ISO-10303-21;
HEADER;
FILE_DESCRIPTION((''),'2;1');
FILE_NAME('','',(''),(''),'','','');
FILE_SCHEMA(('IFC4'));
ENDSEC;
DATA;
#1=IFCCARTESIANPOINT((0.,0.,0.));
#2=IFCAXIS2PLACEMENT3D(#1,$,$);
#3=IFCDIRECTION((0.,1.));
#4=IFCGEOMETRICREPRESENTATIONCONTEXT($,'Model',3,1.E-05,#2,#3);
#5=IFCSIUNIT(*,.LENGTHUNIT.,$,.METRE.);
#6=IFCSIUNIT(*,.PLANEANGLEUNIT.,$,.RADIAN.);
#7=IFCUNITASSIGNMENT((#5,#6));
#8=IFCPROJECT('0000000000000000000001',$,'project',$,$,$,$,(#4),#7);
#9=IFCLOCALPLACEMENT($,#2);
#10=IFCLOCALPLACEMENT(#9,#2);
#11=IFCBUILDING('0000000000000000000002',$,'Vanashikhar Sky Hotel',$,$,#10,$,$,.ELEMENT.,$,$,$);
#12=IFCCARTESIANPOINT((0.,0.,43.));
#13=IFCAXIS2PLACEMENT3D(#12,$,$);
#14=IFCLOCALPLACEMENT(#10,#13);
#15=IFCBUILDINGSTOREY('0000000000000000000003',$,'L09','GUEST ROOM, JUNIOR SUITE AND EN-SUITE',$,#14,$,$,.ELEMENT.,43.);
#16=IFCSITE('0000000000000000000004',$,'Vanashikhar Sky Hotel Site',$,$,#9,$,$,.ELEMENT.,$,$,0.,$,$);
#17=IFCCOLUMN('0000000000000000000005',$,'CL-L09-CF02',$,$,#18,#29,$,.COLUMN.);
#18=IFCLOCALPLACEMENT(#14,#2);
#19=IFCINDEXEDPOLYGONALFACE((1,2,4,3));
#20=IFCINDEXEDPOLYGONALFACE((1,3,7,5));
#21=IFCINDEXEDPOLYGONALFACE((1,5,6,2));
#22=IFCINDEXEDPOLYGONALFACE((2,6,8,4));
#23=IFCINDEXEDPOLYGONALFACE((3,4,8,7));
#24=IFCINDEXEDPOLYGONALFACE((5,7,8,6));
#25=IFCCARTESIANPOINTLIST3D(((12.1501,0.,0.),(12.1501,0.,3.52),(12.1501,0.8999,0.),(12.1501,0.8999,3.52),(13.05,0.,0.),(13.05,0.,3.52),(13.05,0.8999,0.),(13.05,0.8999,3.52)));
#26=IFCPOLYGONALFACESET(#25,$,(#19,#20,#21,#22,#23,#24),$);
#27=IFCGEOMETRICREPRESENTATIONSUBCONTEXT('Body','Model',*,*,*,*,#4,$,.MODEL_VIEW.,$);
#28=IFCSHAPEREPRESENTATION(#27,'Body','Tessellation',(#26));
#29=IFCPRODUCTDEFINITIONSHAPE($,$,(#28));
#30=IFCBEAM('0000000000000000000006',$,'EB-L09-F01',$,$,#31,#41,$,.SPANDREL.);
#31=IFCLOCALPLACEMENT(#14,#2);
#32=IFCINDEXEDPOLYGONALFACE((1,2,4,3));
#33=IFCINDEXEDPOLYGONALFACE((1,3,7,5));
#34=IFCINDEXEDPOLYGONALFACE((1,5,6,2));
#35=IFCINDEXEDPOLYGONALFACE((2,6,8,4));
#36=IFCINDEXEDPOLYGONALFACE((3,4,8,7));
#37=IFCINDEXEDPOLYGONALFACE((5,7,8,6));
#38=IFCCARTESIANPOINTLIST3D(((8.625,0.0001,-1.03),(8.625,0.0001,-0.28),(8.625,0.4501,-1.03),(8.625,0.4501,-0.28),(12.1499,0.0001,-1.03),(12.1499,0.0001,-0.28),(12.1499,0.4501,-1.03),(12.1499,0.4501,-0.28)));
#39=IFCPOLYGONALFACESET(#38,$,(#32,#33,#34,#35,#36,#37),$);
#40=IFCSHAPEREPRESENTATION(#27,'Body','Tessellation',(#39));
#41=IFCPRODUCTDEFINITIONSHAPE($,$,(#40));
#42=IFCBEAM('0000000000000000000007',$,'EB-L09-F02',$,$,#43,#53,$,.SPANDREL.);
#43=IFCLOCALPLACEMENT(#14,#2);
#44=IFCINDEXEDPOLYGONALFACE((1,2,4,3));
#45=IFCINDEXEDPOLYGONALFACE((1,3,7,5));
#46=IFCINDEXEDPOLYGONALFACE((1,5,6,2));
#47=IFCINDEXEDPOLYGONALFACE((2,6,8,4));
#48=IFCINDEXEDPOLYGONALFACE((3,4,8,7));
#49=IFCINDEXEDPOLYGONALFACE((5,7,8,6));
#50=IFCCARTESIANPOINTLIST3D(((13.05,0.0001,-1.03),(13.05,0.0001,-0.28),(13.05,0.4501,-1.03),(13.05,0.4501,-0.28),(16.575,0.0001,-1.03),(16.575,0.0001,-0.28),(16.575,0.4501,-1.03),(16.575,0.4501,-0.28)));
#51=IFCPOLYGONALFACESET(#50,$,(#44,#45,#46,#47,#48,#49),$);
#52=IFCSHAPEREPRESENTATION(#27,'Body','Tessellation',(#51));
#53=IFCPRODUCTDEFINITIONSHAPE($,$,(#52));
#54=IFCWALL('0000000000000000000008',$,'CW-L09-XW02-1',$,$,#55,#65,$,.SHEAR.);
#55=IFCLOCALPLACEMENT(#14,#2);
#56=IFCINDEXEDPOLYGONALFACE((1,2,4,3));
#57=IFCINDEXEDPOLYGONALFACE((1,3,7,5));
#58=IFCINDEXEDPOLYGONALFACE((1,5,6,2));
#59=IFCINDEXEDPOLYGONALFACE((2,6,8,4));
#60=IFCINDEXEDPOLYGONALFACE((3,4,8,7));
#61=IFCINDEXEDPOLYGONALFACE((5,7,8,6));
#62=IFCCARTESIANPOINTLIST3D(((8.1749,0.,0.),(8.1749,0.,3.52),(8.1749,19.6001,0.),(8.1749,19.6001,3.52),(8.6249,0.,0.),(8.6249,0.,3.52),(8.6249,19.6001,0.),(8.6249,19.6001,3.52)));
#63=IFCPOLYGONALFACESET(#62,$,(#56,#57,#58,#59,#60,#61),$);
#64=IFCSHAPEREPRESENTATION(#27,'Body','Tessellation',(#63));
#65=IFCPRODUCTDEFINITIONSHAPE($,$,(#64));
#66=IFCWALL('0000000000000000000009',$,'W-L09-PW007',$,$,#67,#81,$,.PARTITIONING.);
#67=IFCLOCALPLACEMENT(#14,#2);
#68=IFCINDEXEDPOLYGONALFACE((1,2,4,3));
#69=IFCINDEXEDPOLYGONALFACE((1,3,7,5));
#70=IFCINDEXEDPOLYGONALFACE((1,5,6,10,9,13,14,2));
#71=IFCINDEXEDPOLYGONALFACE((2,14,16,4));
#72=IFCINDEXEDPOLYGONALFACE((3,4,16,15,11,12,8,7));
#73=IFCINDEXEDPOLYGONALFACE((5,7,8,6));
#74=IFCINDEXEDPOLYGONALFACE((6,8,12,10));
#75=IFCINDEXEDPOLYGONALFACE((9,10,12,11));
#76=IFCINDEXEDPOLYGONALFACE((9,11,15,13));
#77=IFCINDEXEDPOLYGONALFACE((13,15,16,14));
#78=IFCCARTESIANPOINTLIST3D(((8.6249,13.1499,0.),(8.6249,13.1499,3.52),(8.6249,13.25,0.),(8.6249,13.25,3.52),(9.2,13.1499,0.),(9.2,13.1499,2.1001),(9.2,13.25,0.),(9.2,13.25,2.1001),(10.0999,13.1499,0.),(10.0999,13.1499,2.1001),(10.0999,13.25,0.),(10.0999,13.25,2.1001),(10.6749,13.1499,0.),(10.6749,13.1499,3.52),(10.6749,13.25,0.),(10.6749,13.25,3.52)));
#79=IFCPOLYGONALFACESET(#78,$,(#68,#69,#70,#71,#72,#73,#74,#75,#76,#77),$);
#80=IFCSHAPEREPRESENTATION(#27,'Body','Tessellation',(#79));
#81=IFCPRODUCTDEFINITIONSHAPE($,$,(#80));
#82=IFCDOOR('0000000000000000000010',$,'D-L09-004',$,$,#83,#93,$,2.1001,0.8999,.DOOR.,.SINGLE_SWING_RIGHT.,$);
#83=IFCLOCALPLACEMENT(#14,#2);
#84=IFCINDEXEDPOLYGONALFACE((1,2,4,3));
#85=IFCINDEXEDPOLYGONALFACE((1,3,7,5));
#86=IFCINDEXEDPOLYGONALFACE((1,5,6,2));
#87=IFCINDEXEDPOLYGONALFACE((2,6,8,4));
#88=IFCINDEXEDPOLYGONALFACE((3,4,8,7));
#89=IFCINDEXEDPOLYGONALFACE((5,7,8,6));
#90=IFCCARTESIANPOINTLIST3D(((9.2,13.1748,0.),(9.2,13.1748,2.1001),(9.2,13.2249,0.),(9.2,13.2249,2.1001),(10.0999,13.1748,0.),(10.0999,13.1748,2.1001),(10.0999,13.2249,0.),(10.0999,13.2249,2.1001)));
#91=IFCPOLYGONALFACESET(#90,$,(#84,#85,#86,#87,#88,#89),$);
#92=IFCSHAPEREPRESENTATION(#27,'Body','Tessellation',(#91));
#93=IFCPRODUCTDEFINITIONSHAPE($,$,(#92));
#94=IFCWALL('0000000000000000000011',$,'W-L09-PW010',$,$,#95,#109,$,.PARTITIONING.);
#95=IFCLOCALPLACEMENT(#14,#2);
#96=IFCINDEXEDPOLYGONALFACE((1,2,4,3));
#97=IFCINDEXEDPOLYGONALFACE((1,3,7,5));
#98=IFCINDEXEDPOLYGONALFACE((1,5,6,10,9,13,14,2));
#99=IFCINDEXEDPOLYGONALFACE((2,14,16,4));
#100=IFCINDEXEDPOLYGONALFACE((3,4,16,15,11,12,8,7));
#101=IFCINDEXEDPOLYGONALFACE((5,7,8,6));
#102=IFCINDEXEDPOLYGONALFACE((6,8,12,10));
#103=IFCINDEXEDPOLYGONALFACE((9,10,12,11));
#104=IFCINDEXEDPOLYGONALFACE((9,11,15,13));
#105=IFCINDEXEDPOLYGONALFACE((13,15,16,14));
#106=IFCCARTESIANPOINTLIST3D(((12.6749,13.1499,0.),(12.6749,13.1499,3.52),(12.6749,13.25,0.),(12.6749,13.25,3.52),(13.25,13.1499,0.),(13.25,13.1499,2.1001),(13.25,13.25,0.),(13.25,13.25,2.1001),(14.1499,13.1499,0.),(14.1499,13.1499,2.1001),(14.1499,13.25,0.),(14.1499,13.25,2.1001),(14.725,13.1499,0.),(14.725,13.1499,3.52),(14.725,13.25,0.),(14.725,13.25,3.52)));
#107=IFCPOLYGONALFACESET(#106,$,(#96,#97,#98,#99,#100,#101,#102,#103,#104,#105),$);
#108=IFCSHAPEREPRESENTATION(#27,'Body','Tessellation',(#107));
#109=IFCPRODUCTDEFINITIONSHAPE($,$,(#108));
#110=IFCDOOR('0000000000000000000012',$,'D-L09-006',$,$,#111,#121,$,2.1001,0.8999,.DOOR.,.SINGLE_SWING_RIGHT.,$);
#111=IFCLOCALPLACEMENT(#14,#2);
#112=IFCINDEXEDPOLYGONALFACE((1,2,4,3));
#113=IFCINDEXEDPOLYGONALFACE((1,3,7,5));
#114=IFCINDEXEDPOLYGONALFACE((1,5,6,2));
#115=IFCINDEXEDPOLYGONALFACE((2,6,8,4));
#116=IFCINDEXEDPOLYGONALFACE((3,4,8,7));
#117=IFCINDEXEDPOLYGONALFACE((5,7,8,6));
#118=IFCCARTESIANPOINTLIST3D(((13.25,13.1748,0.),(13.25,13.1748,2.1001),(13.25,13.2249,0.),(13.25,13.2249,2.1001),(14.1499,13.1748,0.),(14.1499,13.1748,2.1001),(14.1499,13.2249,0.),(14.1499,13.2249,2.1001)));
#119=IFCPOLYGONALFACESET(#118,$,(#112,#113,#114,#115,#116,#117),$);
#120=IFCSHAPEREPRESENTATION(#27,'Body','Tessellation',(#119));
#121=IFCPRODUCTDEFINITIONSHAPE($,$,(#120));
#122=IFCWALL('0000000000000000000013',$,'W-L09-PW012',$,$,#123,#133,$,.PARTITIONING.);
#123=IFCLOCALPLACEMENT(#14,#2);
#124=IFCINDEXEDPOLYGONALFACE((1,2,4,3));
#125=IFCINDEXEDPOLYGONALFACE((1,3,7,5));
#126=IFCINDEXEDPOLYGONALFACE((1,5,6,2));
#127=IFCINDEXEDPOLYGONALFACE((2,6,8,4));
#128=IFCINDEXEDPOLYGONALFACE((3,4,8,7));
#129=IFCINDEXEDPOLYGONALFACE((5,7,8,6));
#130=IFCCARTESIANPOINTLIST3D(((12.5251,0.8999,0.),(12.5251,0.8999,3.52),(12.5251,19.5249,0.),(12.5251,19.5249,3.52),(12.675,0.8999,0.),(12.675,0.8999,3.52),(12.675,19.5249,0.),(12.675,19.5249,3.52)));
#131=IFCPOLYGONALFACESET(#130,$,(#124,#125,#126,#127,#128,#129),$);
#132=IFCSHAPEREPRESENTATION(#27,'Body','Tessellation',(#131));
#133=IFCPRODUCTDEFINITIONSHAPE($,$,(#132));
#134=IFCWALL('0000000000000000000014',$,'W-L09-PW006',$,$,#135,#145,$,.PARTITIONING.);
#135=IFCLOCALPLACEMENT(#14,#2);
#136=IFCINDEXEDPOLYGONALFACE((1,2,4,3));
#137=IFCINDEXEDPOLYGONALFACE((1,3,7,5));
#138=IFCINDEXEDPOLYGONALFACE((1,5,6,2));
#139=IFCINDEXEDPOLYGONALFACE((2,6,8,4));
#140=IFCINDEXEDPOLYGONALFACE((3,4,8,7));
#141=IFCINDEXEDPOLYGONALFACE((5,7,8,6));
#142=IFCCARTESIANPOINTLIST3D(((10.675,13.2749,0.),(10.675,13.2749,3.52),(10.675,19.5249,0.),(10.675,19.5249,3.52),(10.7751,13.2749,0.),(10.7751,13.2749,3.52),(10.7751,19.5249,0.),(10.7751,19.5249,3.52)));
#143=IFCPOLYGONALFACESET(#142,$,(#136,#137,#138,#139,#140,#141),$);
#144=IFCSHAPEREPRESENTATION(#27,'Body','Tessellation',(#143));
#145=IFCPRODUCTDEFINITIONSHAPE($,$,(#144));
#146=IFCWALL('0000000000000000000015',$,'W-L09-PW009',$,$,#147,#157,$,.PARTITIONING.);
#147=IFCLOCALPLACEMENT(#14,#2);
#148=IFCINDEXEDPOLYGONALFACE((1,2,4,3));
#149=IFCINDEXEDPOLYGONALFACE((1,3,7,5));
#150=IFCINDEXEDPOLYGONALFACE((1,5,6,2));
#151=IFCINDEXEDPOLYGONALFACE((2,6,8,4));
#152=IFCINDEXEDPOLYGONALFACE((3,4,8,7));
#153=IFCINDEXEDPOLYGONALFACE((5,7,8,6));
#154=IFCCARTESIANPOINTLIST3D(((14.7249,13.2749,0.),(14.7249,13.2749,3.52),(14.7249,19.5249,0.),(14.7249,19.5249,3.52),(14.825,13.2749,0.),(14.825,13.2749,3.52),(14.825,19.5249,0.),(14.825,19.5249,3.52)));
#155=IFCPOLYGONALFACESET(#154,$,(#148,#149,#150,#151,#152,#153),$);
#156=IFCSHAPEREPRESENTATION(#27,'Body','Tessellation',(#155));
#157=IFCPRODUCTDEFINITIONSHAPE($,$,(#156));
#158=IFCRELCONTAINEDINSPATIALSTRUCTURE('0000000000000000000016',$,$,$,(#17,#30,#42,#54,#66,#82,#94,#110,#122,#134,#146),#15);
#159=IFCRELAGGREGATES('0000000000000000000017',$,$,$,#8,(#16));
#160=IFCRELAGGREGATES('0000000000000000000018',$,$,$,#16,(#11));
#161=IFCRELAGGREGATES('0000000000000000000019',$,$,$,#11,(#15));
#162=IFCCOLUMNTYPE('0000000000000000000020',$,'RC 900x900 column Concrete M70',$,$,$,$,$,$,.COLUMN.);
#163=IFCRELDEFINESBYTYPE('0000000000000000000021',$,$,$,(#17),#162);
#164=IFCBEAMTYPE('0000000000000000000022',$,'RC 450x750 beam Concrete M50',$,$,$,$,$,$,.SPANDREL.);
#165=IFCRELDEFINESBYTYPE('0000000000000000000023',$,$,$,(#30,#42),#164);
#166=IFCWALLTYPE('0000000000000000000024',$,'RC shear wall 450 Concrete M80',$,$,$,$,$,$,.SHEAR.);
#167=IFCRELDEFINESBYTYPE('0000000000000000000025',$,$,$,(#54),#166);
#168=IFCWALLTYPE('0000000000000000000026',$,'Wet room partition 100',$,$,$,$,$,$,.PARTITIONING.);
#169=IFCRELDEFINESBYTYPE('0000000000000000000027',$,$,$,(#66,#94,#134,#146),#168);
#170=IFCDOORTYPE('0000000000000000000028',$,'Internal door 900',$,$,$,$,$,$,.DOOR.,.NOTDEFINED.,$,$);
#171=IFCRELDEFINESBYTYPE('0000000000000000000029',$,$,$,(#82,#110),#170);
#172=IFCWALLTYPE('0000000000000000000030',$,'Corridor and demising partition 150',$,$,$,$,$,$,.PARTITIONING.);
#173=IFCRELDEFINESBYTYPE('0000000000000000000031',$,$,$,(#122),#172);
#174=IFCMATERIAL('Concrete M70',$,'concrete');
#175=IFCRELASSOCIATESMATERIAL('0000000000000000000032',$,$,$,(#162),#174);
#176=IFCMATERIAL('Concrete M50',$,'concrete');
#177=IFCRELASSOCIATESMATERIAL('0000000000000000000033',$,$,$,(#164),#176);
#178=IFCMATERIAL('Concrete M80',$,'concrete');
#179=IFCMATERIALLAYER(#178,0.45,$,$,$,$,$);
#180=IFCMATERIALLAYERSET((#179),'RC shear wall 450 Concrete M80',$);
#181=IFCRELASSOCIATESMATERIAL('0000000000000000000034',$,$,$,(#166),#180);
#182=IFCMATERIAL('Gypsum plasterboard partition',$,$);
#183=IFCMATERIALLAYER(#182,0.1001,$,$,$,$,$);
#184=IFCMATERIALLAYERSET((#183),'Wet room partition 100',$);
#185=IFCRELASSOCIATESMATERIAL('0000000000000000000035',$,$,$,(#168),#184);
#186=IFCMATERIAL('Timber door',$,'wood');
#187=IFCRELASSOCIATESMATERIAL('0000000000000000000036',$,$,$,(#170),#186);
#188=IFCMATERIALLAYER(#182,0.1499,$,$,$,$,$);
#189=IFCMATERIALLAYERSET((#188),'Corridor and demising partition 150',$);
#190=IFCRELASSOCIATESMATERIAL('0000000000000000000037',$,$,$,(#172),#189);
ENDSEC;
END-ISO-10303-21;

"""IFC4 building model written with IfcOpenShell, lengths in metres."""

from ifc_helpers import new_model, si_unit, direction, frame, frame_2d, origin, origin_2d, place, context, subcontext, project, spatial, rectangle, extrude, source, transform, mapped, material, layer, layer_set, material_profile, profile_set, type_object, element, fill, save


model = new_model("IFC4")

# Units and contexts
model_context = context("Model", 3, precision=1e-05, world=origin(), true_north=direction((0.0, 1.0)))
body_context = subcontext(model_context, "Body", "Model", "MODEL_VIEW")
ifc_project = project(units=[si_unit("LENGTHUNIT", "METRE"), si_unit("PLANEANGLEUNIT", "RADIAN")], contexts=[model_context])

# Site, building, storey
site_placement = place(None, origin())
site = spatial("IfcSite", under=ifc_project, at=site_placement, Name="Vanashikhar Sky Hotel Site", CompositionType="ELEMENT", RefElevation=0.0)
building_placement = place(site_placement, origin())
building = spatial("IfcBuilding", under=site, at=building_placement, Name="Vanashikhar Sky Hotel", CompositionType="ELEMENT")
storey_placement = place(building_placement, frame((0.0, 0.0, 43.0)))
storey = spatial("IfcBuildingStorey", under=building, at=storey_placement, Name="L09", Description="GUEST ROOM, JUNIOR SUITE AND EN-SUITE", CompositionType="ELEMENT", Elevation=43.0)

# Column
ifc_material_1 = material(Name="Concrete M70", Category="concrete")
ifc_material_profile_1 = material_profile(ifc_material_1, rectangle(XDim=0.8999, YDim=0.8999, at=origin_2d()))
ifc_profile_set_1 = profile_set([ifc_material_profile_1], Name="RC 900x900 column Concrete M70")
column_type = type_object("IfcColumnType", Name="RC 900x900 column Concrete M70", PredefinedType="COLUMN", material=ifc_profile_set_1)
shared_shape_1 = source(origin(), body_context, "Body", "SweptSolid", [
    extrude(rectangle(XDim=0.8999, YDim=0.8999, at=origin_2d()), origin(), (0.0, 0.0, 1.0), 3.52),
])
column_placement = place(storey_placement, frame((12.6001, 0.45, 0.0), z_axis=(0.0, 0.0, 1.0), x_axis=(1.0, 0.0, 0.0)))
element("IfcColumn", 1, at=column_placement, inside=storey, type_object=column_type, Name="CL-L09-CF02", PredefinedType="COLUMN", context=body_context, shape_type="MappedRepresentation", body=[
    mapped(shared_shape_1, transform((0.0, 0.0, 0.0), scale=1.0)),
])

# Beams
ifc_material_2 = material(Name="Concrete M50", Category="concrete")
ifc_material_profile_2 = material_profile(ifc_material_2, rectangle(XDim=0.45, YDim=0.75, at=origin_2d()))
ifc_profile_set_2 = profile_set([ifc_material_profile_2], Name="RC 450x750 beam Concrete M50")
beam_type = type_object("IfcBeamType", Name="RC 450x750 beam Concrete M50", PredefinedType="SPANDREL", material=ifc_profile_set_2)
shared_shape_2 = source(origin(), body_context, "Body", "SweptSolid", [
    extrude(rectangle(XDim=0.45, YDim=0.75, at=origin_2d()), origin(), (0.0, 0.0, 1.0), 3.5249),
])
for number, where, z_axis, x_axis, name in (
    (2, (8.625, 0.2251, -0.655), (1.0, 0.0, 0.0), (0.0, 1.0, 0.0), "EB-L09-F01"),
    (3, (13.05, 0.2251, -0.655), (1.0, 0.0, 0.0), (0.0, 1.0, 0.0), "EB-L09-F02"),
):
    element("IfcBeam", number, at=place(storey_placement, frame(where, z_axis=z_axis, x_axis=x_axis)), inside=storey, type_object=beam_type, Name=name, PredefinedType="SPANDREL", context=body_context, shape_type="MappedRepresentation", body=[
        mapped(shared_shape_2, transform((0.0, 0.0, 0.0), scale=1.0)),
    ])

# Wall
ifc_material_3 = material(Name="Concrete M80", Category="concrete")
ifc_layer_1 = layer(ifc_material_3, 0.45)
ifc_layer_set_1 = layer_set([ifc_layer_1], Name="RC shear wall 450 Concrete M80")
wall_type_1 = type_object("IfcWallType", Name="RC shear wall 450 Concrete M80", PredefinedType="SHEAR", material=ifc_layer_set_1)
shared_shape_3 = source(origin(), body_context, "Body", "SweptSolid", [
    extrude(rectangle(XDim=19.6001, YDim=0.45, at=frame_2d((9.8, 0.0))), origin(), (0.0, 0.0, 1.0), 3.52),
])
wall_1_placement = place(storey_placement, frame((8.3999, 0.0, 0.0), z_axis=(0.0, 0.0, 1.0), x_axis=(0.0, 1.0, 0.0)))
element("IfcWall", 4, at=wall_1_placement, inside=storey, type_object=wall_type_1, Name="CW-L09-XW02-1", PredefinedType="SHEAR", context=body_context, shape_type="MappedRepresentation", body=[
    mapped(shared_shape_3, transform((0.0, 0.0, 0.0), scale=1.0)),
])

# Walls, openings, doors
ifc_material_4 = material(Name="Gypsum plasterboard partition")
ifc_layer_2 = layer(ifc_material_4, 0.1001)
ifc_layer_set_2 = layer_set([ifc_layer_2], Name="Wet room partition 100")
wall_type_2 = type_object("IfcWallType", Name="Wet room partition 100", PredefinedType="PARTITIONING", material=ifc_layer_set_2)
shared_shape_4 = source(origin(), body_context, "Body", "SweptSolid", [
    extrude(rectangle(XDim=2.05, YDim=0.1001, at=frame_2d((1.0249, 0.0))), origin(), (0.0, 0.0, 1.0), 3.52),
])
wall_2_placement = place(storey_placement, frame((8.625, 13.2, 0.0), z_axis=(0.0, 0.0, 1.0), x_axis=(1.0, 0.0, 0.0)))
wall_2 = element("IfcWall", 5, at=wall_2_placement, inside=storey, type_object=wall_type_2, Name="W-L09-PW007", PredefinedType="PARTITIONING", context=body_context, shape_type="MappedRepresentation", body=[
    mapped(shared_shape_4, transform((0.0, 0.0, 0.0), scale=1.0)),
])
shared_shape_5 = source(origin(), body_context, "Body", "SweptSolid", [
    extrude(rectangle(XDim=0.8999, YDim=2.1001, at=frame_2d((0.45, 1.05))), frame((0.0, 0.0601, 0.0), z_axis=(0.0, -1.0, 0.0), x_axis=(1.0, 0.0, 0.0)), (0.0, 0.0, 1.0), 0.1201),
])
opening_1_placement = place(wall_2_placement, frame((0.575, 0.0, 0.0)))
opening_1 = element("IfcOpeningElement", 6, at=opening_1_placement, cuts=wall_2, PredefinedType="OPENING", context=body_context, shape_type="MappedRepresentation", body=[
    mapped(shared_shape_5, transform((0.0, 0.0, 0.0), scale=1.0)),
])
ifc_material_5 = material(Name="Timber door", Category="wood")
door_type_1 = type_object("IfcDoorType", Name="Internal door 900", OperationType="NOTDEFINED", PredefinedType="DOOR", material=ifc_material_5)
shared_shape_6 = source(origin(), body_context, "Body", "SweptSolid", [
    extrude(rectangle(XDim=0.8999, YDim=2.1001, at=frame_2d((0.45, 1.05))), frame((0.0, 0.0249, 0.0), z_axis=(0.0, -1.0, 0.0), x_axis=(1.0, 0.0, 0.0)), (0.0, 0.0, 1.0), 0.05),
])
door_1_placement = place(opening_1_placement, origin())
door_1 = element("IfcDoor", 7, at=door_1_placement, inside=storey, type_object=door_type_1, Name="D-L09-004", OperationType="SINGLE_SWING_RIGHT", OverallHeight=2.1001, OverallWidth=0.8999, PredefinedType="DOOR", context=body_context, shape_type="MappedRepresentation", body=[
    mapped(shared_shape_6, transform((0.0, 0.0, 0.0), scale=1.0)),
])
fill(opening_1, door_1)
wall_3_placement = place(storey_placement, frame((12.675, 13.2, 0.0), z_axis=(0.0, 0.0, 1.0), x_axis=(1.0, 0.0, 0.0)))
wall_3 = element("IfcWall", 8, at=wall_3_placement, inside=storey, type_object=wall_type_2, Name="W-L09-PW010", PredefinedType="PARTITIONING", context=body_context, shape_type="MappedRepresentation", body=[
    mapped(shared_shape_4, transform((0.0, 0.0, 0.0), scale=1.0)),
])
opening_2_placement = place(wall_3_placement, frame((0.575, 0.0, 0.0)))
opening_2 = element("IfcOpeningElement", 9, at=opening_2_placement, cuts=wall_3, PredefinedType="OPENING", context=body_context, shape_type="MappedRepresentation", body=[
    mapped(shared_shape_5, transform((0.0, 0.0, 0.0), scale=1.0)),
])
door_2_placement = place(opening_2_placement, origin())
door_2 = element("IfcDoor", 10, at=door_2_placement, inside=storey, type_object=door_type_1, Name="D-L09-006", OperationType="SINGLE_SWING_RIGHT", OverallHeight=2.1001, OverallWidth=0.8999, PredefinedType="DOOR", context=body_context, shape_type="MappedRepresentation", body=[
    mapped(shared_shape_6, transform((0.0, 0.0, 0.0), scale=1.0)),
])
fill(opening_2, door_2)

# Walls
ifc_layer_3 = layer(ifc_material_4, 0.1499)
ifc_layer_set_3 = layer_set([ifc_layer_3], Name="Corridor and demising partition 150")
wall_type_3 = type_object("IfcWallType", Name="Corridor and demising partition 150", PredefinedType="PARTITIONING", material=ifc_layer_set_3)
shared_shape_7 = source(origin(), body_context, "Body", "SweptSolid", [
    extrude(rectangle(XDim=18.625, YDim=0.1499, at=frame_2d((9.3125, 0.0))), origin(), (0.0, 0.0, 1.0), 3.52),
])
wall_4_placement = place(storey_placement, frame((12.6001, 0.8999, 0.0), z_axis=(0.0, 0.0, 1.0), x_axis=(0.0, 1.0, 0.0)))
element("IfcWall", 11, at=wall_4_placement, inside=storey, type_object=wall_type_3, Name="W-L09-PW012", PredefinedType="PARTITIONING", context=body_context, shape_type="MappedRepresentation", body=[
    mapped(shared_shape_7, transform((0.0, 0.0, 0.0), scale=1.0)),
])
shared_shape_8 = source(origin(), body_context, "Body", "SweptSolid", [
    extrude(rectangle(XDim=6.25, YDim=0.1001, at=frame_2d((3.125, 0.0))), origin(), (0.0, 0.0, 1.0), 3.52),
])
for number, where, z_axis, x_axis, name in (
    (12, (10.7251, 13.2749, 0.0), (0.0, 0.0, 1.0), (0.0, 1.0, 0.0), "W-L09-PW006"),
    (13, (14.7749, 13.2749, 0.0), (0.0, 0.0, 1.0), (0.0, 1.0, 0.0), "W-L09-PW009"),
):
    element("IfcWall", number, at=place(storey_placement, frame(where, z_axis=z_axis, x_axis=x_axis)), inside=storey, type_object=wall_type_2, Name=name, PredefinedType="PARTITIONING", context=body_context, shape_type="MappedRepresentation", body=[
        mapped(shared_shape_8, transform((0.0, 0.0, 0.0), scale=1.0)),
    ])

save(model, "model.ifc")
